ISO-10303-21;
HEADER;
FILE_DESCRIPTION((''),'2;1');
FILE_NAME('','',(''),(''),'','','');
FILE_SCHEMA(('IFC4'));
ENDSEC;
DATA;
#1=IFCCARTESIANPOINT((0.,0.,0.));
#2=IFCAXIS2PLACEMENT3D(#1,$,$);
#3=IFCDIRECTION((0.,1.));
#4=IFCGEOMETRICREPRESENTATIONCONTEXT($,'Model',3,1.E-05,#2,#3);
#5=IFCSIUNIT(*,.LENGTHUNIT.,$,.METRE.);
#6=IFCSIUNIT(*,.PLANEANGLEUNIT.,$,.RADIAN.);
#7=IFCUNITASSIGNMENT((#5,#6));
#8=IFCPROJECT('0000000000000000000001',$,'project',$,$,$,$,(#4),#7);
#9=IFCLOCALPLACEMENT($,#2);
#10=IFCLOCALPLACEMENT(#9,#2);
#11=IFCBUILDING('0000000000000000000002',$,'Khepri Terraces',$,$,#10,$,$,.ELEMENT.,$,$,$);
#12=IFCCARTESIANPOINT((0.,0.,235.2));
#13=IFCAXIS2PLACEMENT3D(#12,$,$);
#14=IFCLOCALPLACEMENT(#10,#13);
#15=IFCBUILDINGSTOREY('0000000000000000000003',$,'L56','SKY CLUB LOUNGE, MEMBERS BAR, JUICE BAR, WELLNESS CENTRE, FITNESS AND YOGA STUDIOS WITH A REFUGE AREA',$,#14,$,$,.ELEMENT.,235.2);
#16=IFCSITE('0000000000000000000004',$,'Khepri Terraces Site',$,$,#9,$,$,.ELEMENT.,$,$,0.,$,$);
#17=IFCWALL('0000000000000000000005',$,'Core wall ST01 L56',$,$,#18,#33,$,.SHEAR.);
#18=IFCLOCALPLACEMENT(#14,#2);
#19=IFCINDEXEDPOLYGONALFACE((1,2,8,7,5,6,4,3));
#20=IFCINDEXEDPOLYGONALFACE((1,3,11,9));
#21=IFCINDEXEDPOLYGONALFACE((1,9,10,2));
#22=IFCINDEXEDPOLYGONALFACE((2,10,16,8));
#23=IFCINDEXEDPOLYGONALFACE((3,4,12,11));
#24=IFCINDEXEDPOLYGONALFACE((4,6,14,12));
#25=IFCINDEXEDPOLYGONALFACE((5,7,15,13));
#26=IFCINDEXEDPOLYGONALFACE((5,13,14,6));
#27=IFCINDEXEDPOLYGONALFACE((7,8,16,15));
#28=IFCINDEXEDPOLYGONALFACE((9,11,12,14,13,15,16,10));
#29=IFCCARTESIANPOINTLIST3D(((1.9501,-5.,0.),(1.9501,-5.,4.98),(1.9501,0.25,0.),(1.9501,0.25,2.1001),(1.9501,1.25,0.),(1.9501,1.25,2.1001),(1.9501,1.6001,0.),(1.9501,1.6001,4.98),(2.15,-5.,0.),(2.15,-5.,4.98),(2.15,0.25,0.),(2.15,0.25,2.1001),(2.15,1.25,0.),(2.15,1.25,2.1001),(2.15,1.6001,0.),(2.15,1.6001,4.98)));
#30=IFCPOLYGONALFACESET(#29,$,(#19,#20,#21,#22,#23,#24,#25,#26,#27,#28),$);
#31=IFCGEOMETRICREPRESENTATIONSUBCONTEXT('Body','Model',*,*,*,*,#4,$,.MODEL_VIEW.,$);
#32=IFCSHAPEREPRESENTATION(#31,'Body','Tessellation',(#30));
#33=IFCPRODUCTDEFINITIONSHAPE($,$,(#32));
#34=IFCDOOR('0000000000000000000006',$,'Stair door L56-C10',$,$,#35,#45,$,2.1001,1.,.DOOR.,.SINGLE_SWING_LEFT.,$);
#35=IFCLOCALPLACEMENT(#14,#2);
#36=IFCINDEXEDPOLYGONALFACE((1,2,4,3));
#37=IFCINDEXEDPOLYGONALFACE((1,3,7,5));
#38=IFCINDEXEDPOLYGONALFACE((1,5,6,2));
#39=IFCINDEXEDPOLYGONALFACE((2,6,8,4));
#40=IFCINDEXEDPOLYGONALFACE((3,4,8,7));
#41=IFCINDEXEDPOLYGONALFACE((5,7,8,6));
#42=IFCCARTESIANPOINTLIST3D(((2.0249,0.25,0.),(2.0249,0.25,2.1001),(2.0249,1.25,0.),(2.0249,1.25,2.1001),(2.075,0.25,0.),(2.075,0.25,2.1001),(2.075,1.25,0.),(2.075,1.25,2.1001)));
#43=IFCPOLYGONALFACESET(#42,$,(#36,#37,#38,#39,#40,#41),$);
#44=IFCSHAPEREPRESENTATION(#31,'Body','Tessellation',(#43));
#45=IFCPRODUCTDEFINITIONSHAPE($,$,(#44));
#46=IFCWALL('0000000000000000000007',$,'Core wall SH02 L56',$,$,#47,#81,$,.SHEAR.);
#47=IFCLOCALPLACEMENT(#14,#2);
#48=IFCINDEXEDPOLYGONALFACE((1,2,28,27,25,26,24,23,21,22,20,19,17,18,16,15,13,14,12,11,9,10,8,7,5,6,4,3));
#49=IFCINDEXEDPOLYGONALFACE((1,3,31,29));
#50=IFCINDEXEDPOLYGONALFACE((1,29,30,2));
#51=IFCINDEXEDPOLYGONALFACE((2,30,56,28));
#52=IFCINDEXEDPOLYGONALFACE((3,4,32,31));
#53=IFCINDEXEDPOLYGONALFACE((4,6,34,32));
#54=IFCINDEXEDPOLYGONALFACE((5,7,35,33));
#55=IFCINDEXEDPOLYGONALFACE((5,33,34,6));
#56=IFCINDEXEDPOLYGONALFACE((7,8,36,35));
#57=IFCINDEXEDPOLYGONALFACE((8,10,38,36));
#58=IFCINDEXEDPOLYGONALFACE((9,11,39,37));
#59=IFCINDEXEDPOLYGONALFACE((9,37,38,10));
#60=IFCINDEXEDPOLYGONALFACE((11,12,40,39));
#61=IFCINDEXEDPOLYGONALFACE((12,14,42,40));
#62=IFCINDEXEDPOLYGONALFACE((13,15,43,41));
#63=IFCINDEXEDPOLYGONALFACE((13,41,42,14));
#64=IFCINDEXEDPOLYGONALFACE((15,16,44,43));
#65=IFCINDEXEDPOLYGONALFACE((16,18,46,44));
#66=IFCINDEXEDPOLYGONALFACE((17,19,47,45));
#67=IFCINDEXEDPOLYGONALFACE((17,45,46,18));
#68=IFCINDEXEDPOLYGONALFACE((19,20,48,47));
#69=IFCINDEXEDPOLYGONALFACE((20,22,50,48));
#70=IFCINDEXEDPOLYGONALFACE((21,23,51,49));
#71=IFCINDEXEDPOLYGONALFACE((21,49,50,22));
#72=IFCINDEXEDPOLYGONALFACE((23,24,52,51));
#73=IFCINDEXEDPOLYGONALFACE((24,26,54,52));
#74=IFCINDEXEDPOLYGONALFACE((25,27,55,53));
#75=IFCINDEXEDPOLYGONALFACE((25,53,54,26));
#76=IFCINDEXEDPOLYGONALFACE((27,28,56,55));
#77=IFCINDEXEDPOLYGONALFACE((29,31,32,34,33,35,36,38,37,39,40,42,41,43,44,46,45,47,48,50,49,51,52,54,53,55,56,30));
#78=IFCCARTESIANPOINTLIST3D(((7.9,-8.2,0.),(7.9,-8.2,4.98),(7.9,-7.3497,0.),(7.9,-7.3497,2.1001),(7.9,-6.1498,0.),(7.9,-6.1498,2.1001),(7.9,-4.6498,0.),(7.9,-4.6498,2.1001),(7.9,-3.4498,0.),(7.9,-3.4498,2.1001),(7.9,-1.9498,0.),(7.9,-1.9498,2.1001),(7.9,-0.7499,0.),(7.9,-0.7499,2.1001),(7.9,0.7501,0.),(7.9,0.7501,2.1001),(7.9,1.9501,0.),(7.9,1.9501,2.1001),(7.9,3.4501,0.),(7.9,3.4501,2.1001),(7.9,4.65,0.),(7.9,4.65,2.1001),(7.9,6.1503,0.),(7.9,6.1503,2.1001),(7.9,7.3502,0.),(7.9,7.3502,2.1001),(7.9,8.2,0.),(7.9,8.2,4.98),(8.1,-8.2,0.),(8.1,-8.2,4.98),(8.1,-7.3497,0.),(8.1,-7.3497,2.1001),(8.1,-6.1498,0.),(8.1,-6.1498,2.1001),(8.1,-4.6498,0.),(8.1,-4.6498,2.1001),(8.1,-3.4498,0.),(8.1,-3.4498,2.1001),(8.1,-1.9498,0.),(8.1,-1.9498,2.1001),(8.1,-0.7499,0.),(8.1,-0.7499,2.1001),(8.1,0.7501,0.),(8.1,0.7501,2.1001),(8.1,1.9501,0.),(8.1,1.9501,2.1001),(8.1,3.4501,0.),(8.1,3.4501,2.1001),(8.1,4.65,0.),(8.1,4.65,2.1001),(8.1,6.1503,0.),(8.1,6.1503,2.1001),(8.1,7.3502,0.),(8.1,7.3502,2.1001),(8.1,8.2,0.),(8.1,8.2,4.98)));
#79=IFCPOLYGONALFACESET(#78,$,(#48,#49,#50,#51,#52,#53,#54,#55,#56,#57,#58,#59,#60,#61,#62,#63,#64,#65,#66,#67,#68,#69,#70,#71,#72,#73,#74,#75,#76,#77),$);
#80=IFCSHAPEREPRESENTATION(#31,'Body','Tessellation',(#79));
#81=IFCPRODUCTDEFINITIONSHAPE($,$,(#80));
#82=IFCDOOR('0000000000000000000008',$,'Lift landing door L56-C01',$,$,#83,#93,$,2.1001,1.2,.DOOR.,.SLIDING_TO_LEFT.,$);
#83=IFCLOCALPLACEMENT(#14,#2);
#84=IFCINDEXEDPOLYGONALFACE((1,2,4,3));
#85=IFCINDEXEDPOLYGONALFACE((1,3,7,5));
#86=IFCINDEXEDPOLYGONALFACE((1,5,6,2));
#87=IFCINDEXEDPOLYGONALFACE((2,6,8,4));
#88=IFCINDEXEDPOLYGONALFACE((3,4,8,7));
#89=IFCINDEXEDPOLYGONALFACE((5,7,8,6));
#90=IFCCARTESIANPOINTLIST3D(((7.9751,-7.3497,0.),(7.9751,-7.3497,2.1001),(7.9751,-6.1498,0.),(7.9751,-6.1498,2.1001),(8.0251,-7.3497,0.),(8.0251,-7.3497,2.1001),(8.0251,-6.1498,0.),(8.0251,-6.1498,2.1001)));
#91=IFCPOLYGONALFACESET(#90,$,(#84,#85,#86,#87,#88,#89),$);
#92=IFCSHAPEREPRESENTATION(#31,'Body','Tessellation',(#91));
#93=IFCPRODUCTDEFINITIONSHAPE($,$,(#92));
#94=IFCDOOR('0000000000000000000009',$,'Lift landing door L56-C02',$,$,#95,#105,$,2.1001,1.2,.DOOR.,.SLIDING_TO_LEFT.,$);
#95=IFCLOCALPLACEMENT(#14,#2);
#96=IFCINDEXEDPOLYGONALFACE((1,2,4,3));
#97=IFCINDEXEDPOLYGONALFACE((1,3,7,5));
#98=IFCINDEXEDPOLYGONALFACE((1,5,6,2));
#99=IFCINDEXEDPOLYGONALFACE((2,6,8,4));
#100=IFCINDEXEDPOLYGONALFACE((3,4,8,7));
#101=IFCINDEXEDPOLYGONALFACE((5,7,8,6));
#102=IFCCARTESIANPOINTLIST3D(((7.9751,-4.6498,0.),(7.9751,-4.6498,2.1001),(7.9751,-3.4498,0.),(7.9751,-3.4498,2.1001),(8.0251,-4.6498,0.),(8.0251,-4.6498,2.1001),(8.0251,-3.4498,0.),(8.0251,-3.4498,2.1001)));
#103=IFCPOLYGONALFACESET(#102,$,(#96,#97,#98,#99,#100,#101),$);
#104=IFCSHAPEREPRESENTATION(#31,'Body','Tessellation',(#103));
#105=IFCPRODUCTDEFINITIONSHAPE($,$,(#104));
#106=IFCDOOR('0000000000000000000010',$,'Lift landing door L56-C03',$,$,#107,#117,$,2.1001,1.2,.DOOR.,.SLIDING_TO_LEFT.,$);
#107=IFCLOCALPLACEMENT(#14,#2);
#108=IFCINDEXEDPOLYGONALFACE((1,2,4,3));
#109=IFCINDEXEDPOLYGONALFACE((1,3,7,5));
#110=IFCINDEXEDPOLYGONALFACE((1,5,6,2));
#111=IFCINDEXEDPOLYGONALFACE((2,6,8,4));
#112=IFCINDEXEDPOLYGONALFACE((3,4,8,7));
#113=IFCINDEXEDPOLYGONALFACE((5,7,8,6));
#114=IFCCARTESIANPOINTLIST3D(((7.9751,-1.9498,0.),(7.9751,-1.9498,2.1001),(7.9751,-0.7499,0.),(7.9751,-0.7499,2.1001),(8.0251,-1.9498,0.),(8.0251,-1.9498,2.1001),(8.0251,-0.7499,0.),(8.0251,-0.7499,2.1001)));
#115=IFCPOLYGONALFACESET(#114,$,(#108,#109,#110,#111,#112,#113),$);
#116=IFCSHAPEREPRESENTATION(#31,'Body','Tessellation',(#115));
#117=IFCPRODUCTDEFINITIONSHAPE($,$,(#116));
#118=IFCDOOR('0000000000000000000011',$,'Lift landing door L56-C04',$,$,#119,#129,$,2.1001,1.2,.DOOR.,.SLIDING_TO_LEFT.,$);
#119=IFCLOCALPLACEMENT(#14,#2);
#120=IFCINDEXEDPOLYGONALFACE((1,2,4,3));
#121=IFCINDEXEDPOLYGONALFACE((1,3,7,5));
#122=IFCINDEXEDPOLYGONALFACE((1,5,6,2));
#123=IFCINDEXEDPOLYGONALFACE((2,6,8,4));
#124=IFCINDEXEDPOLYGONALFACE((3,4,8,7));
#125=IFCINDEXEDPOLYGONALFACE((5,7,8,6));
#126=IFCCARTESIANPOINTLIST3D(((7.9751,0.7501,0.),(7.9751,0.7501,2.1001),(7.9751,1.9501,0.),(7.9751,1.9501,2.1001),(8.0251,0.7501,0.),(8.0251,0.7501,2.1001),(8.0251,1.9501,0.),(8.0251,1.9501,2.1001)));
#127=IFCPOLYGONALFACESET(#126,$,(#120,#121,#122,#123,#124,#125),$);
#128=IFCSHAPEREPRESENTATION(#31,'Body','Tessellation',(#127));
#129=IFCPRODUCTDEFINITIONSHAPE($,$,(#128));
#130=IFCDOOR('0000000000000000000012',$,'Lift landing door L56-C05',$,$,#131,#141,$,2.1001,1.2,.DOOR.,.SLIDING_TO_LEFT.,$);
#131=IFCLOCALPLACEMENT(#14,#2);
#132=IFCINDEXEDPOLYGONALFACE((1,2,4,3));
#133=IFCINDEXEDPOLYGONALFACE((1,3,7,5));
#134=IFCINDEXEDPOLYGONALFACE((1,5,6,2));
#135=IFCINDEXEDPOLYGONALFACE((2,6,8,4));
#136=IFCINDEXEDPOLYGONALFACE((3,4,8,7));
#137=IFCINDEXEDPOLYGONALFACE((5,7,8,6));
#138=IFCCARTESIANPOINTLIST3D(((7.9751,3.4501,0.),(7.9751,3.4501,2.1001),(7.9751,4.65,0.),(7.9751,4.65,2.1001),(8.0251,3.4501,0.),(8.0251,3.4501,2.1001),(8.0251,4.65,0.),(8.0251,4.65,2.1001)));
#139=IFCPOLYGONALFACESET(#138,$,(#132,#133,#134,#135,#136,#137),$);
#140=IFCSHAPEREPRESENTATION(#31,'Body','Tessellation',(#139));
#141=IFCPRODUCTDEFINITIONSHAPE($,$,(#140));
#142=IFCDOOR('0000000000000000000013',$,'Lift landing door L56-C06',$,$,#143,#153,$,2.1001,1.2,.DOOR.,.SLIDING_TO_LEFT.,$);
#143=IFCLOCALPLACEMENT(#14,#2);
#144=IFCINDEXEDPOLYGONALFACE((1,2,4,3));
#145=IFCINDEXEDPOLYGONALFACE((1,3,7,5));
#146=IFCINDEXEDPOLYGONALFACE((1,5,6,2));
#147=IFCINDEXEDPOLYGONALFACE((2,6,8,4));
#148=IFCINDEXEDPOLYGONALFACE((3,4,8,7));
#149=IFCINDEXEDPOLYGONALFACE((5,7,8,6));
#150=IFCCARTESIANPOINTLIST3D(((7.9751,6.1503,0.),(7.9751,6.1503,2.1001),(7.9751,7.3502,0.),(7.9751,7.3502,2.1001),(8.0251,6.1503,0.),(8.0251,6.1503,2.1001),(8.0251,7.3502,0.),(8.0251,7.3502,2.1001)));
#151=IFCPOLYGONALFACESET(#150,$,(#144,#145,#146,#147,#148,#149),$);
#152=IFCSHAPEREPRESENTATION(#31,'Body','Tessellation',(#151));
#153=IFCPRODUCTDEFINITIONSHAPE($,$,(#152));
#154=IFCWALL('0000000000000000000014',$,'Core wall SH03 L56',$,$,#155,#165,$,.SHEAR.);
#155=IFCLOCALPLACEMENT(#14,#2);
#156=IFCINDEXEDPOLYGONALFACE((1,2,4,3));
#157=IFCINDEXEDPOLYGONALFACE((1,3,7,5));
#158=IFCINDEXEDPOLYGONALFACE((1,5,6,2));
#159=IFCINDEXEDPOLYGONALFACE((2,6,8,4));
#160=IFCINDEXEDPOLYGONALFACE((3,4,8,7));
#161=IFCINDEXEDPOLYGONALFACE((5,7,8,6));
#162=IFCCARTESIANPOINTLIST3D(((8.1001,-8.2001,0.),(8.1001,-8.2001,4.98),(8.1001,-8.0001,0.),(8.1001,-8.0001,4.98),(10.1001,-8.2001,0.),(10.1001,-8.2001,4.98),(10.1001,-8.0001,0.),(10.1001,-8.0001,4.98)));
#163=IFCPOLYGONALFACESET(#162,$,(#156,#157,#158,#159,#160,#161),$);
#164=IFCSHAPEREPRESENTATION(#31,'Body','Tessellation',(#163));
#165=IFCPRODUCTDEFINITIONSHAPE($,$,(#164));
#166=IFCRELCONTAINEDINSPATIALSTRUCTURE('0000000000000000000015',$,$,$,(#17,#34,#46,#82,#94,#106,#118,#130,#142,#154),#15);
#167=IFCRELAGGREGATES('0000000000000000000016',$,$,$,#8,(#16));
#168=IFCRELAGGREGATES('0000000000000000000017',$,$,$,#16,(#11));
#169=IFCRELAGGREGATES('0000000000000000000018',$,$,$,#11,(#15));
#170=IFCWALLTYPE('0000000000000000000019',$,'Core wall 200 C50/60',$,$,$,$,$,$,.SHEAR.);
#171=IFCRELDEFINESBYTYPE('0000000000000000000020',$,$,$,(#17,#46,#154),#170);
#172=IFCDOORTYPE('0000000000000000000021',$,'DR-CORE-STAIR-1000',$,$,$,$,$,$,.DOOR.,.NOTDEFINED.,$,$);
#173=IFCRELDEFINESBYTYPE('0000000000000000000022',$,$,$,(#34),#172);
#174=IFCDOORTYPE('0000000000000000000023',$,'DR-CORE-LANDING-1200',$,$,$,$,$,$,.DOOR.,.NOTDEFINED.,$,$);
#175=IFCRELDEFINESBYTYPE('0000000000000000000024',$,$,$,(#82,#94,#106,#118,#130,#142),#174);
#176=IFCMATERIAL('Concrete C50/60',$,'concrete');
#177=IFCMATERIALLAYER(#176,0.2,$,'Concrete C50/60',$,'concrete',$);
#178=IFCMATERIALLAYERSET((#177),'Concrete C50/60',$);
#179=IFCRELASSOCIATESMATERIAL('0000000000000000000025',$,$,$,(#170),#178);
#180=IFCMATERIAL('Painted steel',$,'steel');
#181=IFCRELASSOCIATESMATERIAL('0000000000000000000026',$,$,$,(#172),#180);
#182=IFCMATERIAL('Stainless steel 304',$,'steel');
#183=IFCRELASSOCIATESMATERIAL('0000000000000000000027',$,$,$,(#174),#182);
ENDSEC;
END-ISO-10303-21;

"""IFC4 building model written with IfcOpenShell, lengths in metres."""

from ifc_helpers import new_model, si_unit, direction, frame, frame_2d, origin, place, context, subcontext, project, spatial, rectangle, extrude, material, layer, layer_set, type_object, element, fill, save


model = new_model("IFC4")

# Units and contexts
model_context = context("Model", 3, precision=1e-05, world=origin(), true_north=direction((0.0, 1.0)))
body_context = subcontext(model_context, "Body", "Model", "MODEL_VIEW")
ifc_project = project(units=[si_unit("LENGTHUNIT", "METRE"), si_unit("PLANEANGLEUNIT", "RADIAN")], contexts=[model_context])

# Site, building, storey
site_placement = place(None, origin())
site = spatial("IfcSite", under=ifc_project, at=site_placement, Name="Khepri Terraces Site", CompositionType="ELEMENT", RefElevation=0.0)
building_placement = place(site_placement, origin())
building = spatial("IfcBuilding", under=site, at=building_placement, Name="Khepri Terraces", CompositionType="ELEMENT")
storey_placement = place(building_placement, frame((0.0, 0.0, 235.2)))
storey = spatial("IfcBuildingStorey", under=building, at=storey_placement, Name="L56", Description="SKY CLUB LOUNGE, MEMBERS BAR, JUICE BAR, WELLNESS CENTRE, FITNESS AND YOGA STUDIOS WITH A REFUGE AREA", CompositionType="ELEMENT", Elevation=235.2)

# Shared definitions
ifc_material_1 = material(Name="Concrete C50/60", Category="concrete")

# Wall, opening, door
ifc_layer_1 = layer(ifc_material_1, 0.2, Name="Concrete C50/60", Category="concrete")
ifc_layer_set_1 = layer_set([ifc_layer_1], Name="Concrete C50/60")
wall_type_1 = type_object("IfcWallType", Name="Core wall 200 C50/60", PredefinedType="SHEAR", material=ifc_layer_set_1)
wall_1_placement = place(storey_placement, frame((2.05, -5.0, 0.0), z_axis=(0.0, 0.0, 1.0), x_axis=(0.0, 1.0, 0.0)))
wall_1 = element("IfcWall", 1, at=wall_1_placement, inside=storey, type_object=wall_type_1, Name="Core wall ST01 L56", PredefinedType="SHEAR", context=body_context, shape_type="SweptSolid", body=[
    extrude(rectangle(XDim=6.6001, YDim=0.2, at=frame_2d((3.3, 0.0))), origin(), (0.0, 0.0, 1.0), 4.98),
])
opening_1_placement = place(wall_1_placement, frame((5.25, 0.0, 0.0)))
opening_1 = element("IfcOpeningElement", 2, at=opening_1_placement, cuts=wall_1, PredefinedType="OPENING", context=body_context, shape_type="SweptSolid", body=[
    extrude(rectangle(XDim=1.0, YDim=2.1001, at=frame_2d((0.5, 1.05))), frame((0.0, 0.1099, 0.0), z_axis=(0.0, -1.0, 0.0), x_axis=(1.0, 0.0, 0.0)), (0.0, 0.0, 1.0), 0.22),
])
ifc_material_2 = material(Name="Painted steel", Category="steel")
door_type_1 = type_object("IfcDoorType", Name="DR-CORE-STAIR-1000", OperationType="NOTDEFINED", PredefinedType="DOOR", material=ifc_material_2)
door_1_placement = place(opening_1_placement, frame((1.0, 0.0, 0.0), z_axis=(0.0, 0.0, 1.0), x_axis=(-1.0, 0.0, 0.0)))
door_1 = element("IfcDoor", 3, at=door_1_placement, inside=storey, type_object=door_type_1, Name="Stair door L56-C10", OperationType="SINGLE_SWING_LEFT", OverallHeight=2.1001, OverallWidth=1.0, PredefinedType="DOOR", context=body_context, shape_type="SweptSolid", body=[
    extrude(rectangle(XDim=1.0, YDim=2.1001, at=frame_2d((0.5, 1.05))), frame((0.0, 0.0249, 0.0), z_axis=(0.0, -1.0, 0.0), x_axis=(1.0, 0.0, 0.0)), (0.0, 0.0, 1.0), 0.05),
])
fill(opening_1, door_1)

# Wall, openings, doors
wall_2_placement = place(storey_placement, frame((8.0, -8.2, 0.0), z_axis=(0.0, 0.0, 1.0), x_axis=(0.0, 1.0, 0.0)))
wall_2 = element("IfcWall", 4, at=wall_2_placement, inside=storey, type_object=wall_type_1, Name="Core wall SH02 L56", PredefinedType="SHEAR", context=body_context, shape_type="SweptSolid", body=[
    extrude(rectangle(XDim=16.3999, YDim=0.2, at=frame_2d((8.2, 0.0))), origin(), (0.0, 0.0, 1.0), 4.98),
])
opening_2_placement = place(wall_2_placement, frame((0.8501, 0.0, 0.0)))
opening_2 = element("IfcOpeningElement", 5, at=opening_2_placement, cuts=wall_2, PredefinedType="OPENING", context=body_context, shape_type="SweptSolid", body=[
    extrude(rectangle(XDim=1.2, YDim=2.1001, at=frame_2d((0.6001, 1.05))), frame((0.0, 0.1099, 0.0), z_axis=(0.0, -1.0, 0.0), x_axis=(1.0, 0.0, 0.0)), (0.0, 0.0, 1.0), 0.22),
])
opening_3_placement = place(wall_2_placement, frame((3.55, 0.0, 0.0)))
opening_3 = element("IfcOpeningElement", 6, at=opening_3_placement, cuts=wall_2, PredefinedType="OPENING", context=body_context, shape_type="SweptSolid", body=[
    extrude(rectangle(XDim=1.2, YDim=2.1001, at=frame_2d((0.6001, 1.05))), frame((0.0, 0.1099, 0.0), z_axis=(0.0, -1.0, 0.0), x_axis=(1.0, 0.0, 0.0)), (0.0, 0.0, 1.0), 0.22),
])
opening_4_placement = place(wall_2_placement, frame((6.25, 0.0, 0.0)))
opening_4 = element("IfcOpeningElement", 7, at=opening_4_placement, cuts=wall_2, PredefinedType="OPENING", context=body_context, shape_type="SweptSolid", body=[
    extrude(rectangle(XDim=1.2, YDim=2.1001, at=frame_2d((0.6001, 1.05))), frame((0.0, 0.1099, 0.0), z_axis=(0.0, -1.0, 0.0), x_axis=(1.0, 0.0, 0.0)), (0.0, 0.0, 1.0), 0.22),
])
opening_5_placement = place(wall_2_placement, frame((8.95, 0.0, 0.0)))
opening_5 = element("IfcOpeningElement", 8, at=opening_5_placement, cuts=wall_2, PredefinedType="OPENING", context=body_context, shape_type="SweptSolid", body=[
    extrude(rectangle(XDim=1.2, YDim=2.1001, at=frame_2d((0.6001, 1.05))), frame((0.0, 0.1099, 0.0), z_axis=(0.0, -1.0, 0.0), x_axis=(1.0, 0.0, 0.0)), (0.0, 0.0, 1.0), 0.22),
])
opening_6_placement = place(wall_2_placement, frame((11.6499, 0.0, 0.0)))
opening_6 = element("IfcOpeningElement", 9, at=opening_6_placement, cuts=wall_2, PredefinedType="OPENING", context=body_context, shape_type="SweptSolid", body=[
    extrude(rectangle(XDim=1.2, YDim=2.1001, at=frame_2d((0.6001, 1.05))), frame((0.0, 0.1099, 0.0), z_axis=(0.0, -1.0, 0.0), x_axis=(1.0, 0.0, 0.0)), (0.0, 0.0, 1.0), 0.22),
])
opening_7_placement = place(wall_2_placement, frame((14.3501, 0.0, 0.0)))
opening_7 = element("IfcOpeningElement", 10, at=opening_7_placement, cuts=wall_2, PredefinedType="OPENING", context=body_context, shape_type="SweptSolid", body=[
    extrude(rectangle(XDim=1.2, YDim=2.1001, at=frame_2d((0.6001, 1.05))), frame((0.0, 0.1099, 0.0), z_axis=(0.0, -1.0, 0.0), x_axis=(1.0, 0.0, 0.0)), (0.0, 0.0, 1.0), 0.22),
])
ifc_material_3 = material(Name="Stainless steel 304", Category="steel")
door_type_2 = type_object("IfcDoorType", Name="DR-CORE-LANDING-1200", OperationType="NOTDEFINED", PredefinedType="DOOR", material=ifc_material_3)
door_2_placement = place(opening_2_placement, origin())
door_2 = element("IfcDoor", 11, at=door_2_placement, inside=storey, type_object=door_type_2, Name="Lift landing door L56-C01", OperationType="SLIDING_TO_LEFT", OverallHeight=2.1001, OverallWidth=1.2, PredefinedType="DOOR", context=body_context, shape_type="SweptSolid", body=[
    extrude(rectangle(XDim=1.2, YDim=2.1001, at=frame_2d((0.6001, 1.05))), frame((0.0, 0.0249, 0.0), z_axis=(0.0, -1.0, 0.0), x_axis=(1.0, 0.0, 0.0)), (0.0, 0.0, 1.0), 0.05),
])
fill(opening_2, door_2)
door_3_placement = place(opening_3_placement, origin())
door_3 = element("IfcDoor", 12, at=door_3_placement, inside=storey, type_object=door_type_2, Name="Lift landing door L56-C02", OperationType="SLIDING_TO_LEFT", OverallHeight=2.1001, OverallWidth=1.2, PredefinedType="DOOR", context=body_context, shape_type="SweptSolid", body=[
    extrude(rectangle(XDim=1.2, YDim=2.1001, at=frame_2d((0.6001, 1.05))), frame((0.0, 0.0249, 0.0), z_axis=(0.0, -1.0, 0.0), x_axis=(1.0, 0.0, 0.0)), (0.0, 0.0, 1.0), 0.05),
])
fill(opening_3, door_3)
door_4_placement = place(opening_4_placement, origin())
door_4 = element("IfcDoor", 13, at=door_4_placement, inside=storey, type_object=door_type_2, Name="Lift landing door L56-C03", OperationType="SLIDING_TO_LEFT", OverallHeight=2.1001, OverallWidth=1.2, PredefinedType="DOOR", context=body_context, shape_type="SweptSolid", body=[
    extrude(rectangle(XDim=1.2, YDim=2.1001, at=frame_2d((0.6001, 1.05))), frame((0.0, 0.0249, 0.0), z_axis=(0.0, -1.0, 0.0), x_axis=(1.0, 0.0, 0.0)), (0.0, 0.0, 1.0), 0.05),
])
fill(opening_4, door_4)
door_5_placement = place(opening_5_placement, origin())
door_5 = element("IfcDoor", 14, at=door_5_placement, inside=storey, type_object=door_type_2, Name="Lift landing door L56-C04", OperationType="SLIDING_TO_LEFT", OverallHeight=2.1001, OverallWidth=1.2, PredefinedType="DOOR", context=body_context, shape_type="SweptSolid", body=[
    extrude(rectangle(XDim=1.2, YDim=2.1001, at=frame_2d((0.6001, 1.05))), frame((0.0, 0.0249, 0.0), z_axis=(0.0, -1.0, 0.0), x_axis=(1.0, 0.0, 0.0)), (0.0, 0.0, 1.0), 0.05),
])
fill(opening_5, door_5)
door_6_placement = place(opening_6_placement, origin())
door_6 = element("IfcDoor", 15, at=door_6_placement, inside=storey, type_object=door_type_2, Name="Lift landing door L56-C05", OperationType="SLIDING_TO_LEFT", OverallHeight=2.1001, OverallWidth=1.2, PredefinedType="DOOR", context=body_context, shape_type="SweptSolid", body=[
    extrude(rectangle(XDim=1.2, YDim=2.1001, at=frame_2d((0.6001, 1.05))), frame((0.0, 0.0249, 0.0), z_axis=(0.0, -1.0, 0.0), x_axis=(1.0, 0.0, 0.0)), (0.0, 0.0, 1.0), 0.05),
])
fill(opening_6, door_6)
door_7_placement = place(opening_7_placement, origin())
door_7 = element("IfcDoor", 16, at=door_7_placement, inside=storey, type_object=door_type_2, Name="Lift landing door L56-C06", OperationType="SLIDING_TO_LEFT", OverallHeight=2.1001, OverallWidth=1.2, PredefinedType="DOOR", context=body_context, shape_type="SweptSolid", body=[
    extrude(rectangle(XDim=1.2, YDim=2.1001, at=frame_2d((0.6001, 1.05))), frame((0.0, 0.0249, 0.0), z_axis=(0.0, -1.0, 0.0), x_axis=(1.0, 0.0, 0.0)), (0.0, 0.0, 1.0), 0.05),
])
fill(opening_7, door_7)

# Wall
for number, where, z_axis, x_axis, name in (
    (17, (8.1001, -8.1001, 0.0), (0.0, 0.0, 1.0), (1.0, 0.0, 0.0), "Core wall SH03 L56"),
):
    element("IfcWall", number, at=place(storey_placement, frame(where, z_axis=z_axis, x_axis=x_axis)), inside=storey, type_object=wall_type_1, Name=name, PredefinedType="SHEAR", context=body_context, shape_type="SweptSolid", body=[
        extrude(rectangle(XDim=2.0, YDim=0.2, at=frame_2d((1.0, 0.0))), origin(), (0.0, 0.0, 1.0), 4.98),
    ])

save(model, "model.ifc")
